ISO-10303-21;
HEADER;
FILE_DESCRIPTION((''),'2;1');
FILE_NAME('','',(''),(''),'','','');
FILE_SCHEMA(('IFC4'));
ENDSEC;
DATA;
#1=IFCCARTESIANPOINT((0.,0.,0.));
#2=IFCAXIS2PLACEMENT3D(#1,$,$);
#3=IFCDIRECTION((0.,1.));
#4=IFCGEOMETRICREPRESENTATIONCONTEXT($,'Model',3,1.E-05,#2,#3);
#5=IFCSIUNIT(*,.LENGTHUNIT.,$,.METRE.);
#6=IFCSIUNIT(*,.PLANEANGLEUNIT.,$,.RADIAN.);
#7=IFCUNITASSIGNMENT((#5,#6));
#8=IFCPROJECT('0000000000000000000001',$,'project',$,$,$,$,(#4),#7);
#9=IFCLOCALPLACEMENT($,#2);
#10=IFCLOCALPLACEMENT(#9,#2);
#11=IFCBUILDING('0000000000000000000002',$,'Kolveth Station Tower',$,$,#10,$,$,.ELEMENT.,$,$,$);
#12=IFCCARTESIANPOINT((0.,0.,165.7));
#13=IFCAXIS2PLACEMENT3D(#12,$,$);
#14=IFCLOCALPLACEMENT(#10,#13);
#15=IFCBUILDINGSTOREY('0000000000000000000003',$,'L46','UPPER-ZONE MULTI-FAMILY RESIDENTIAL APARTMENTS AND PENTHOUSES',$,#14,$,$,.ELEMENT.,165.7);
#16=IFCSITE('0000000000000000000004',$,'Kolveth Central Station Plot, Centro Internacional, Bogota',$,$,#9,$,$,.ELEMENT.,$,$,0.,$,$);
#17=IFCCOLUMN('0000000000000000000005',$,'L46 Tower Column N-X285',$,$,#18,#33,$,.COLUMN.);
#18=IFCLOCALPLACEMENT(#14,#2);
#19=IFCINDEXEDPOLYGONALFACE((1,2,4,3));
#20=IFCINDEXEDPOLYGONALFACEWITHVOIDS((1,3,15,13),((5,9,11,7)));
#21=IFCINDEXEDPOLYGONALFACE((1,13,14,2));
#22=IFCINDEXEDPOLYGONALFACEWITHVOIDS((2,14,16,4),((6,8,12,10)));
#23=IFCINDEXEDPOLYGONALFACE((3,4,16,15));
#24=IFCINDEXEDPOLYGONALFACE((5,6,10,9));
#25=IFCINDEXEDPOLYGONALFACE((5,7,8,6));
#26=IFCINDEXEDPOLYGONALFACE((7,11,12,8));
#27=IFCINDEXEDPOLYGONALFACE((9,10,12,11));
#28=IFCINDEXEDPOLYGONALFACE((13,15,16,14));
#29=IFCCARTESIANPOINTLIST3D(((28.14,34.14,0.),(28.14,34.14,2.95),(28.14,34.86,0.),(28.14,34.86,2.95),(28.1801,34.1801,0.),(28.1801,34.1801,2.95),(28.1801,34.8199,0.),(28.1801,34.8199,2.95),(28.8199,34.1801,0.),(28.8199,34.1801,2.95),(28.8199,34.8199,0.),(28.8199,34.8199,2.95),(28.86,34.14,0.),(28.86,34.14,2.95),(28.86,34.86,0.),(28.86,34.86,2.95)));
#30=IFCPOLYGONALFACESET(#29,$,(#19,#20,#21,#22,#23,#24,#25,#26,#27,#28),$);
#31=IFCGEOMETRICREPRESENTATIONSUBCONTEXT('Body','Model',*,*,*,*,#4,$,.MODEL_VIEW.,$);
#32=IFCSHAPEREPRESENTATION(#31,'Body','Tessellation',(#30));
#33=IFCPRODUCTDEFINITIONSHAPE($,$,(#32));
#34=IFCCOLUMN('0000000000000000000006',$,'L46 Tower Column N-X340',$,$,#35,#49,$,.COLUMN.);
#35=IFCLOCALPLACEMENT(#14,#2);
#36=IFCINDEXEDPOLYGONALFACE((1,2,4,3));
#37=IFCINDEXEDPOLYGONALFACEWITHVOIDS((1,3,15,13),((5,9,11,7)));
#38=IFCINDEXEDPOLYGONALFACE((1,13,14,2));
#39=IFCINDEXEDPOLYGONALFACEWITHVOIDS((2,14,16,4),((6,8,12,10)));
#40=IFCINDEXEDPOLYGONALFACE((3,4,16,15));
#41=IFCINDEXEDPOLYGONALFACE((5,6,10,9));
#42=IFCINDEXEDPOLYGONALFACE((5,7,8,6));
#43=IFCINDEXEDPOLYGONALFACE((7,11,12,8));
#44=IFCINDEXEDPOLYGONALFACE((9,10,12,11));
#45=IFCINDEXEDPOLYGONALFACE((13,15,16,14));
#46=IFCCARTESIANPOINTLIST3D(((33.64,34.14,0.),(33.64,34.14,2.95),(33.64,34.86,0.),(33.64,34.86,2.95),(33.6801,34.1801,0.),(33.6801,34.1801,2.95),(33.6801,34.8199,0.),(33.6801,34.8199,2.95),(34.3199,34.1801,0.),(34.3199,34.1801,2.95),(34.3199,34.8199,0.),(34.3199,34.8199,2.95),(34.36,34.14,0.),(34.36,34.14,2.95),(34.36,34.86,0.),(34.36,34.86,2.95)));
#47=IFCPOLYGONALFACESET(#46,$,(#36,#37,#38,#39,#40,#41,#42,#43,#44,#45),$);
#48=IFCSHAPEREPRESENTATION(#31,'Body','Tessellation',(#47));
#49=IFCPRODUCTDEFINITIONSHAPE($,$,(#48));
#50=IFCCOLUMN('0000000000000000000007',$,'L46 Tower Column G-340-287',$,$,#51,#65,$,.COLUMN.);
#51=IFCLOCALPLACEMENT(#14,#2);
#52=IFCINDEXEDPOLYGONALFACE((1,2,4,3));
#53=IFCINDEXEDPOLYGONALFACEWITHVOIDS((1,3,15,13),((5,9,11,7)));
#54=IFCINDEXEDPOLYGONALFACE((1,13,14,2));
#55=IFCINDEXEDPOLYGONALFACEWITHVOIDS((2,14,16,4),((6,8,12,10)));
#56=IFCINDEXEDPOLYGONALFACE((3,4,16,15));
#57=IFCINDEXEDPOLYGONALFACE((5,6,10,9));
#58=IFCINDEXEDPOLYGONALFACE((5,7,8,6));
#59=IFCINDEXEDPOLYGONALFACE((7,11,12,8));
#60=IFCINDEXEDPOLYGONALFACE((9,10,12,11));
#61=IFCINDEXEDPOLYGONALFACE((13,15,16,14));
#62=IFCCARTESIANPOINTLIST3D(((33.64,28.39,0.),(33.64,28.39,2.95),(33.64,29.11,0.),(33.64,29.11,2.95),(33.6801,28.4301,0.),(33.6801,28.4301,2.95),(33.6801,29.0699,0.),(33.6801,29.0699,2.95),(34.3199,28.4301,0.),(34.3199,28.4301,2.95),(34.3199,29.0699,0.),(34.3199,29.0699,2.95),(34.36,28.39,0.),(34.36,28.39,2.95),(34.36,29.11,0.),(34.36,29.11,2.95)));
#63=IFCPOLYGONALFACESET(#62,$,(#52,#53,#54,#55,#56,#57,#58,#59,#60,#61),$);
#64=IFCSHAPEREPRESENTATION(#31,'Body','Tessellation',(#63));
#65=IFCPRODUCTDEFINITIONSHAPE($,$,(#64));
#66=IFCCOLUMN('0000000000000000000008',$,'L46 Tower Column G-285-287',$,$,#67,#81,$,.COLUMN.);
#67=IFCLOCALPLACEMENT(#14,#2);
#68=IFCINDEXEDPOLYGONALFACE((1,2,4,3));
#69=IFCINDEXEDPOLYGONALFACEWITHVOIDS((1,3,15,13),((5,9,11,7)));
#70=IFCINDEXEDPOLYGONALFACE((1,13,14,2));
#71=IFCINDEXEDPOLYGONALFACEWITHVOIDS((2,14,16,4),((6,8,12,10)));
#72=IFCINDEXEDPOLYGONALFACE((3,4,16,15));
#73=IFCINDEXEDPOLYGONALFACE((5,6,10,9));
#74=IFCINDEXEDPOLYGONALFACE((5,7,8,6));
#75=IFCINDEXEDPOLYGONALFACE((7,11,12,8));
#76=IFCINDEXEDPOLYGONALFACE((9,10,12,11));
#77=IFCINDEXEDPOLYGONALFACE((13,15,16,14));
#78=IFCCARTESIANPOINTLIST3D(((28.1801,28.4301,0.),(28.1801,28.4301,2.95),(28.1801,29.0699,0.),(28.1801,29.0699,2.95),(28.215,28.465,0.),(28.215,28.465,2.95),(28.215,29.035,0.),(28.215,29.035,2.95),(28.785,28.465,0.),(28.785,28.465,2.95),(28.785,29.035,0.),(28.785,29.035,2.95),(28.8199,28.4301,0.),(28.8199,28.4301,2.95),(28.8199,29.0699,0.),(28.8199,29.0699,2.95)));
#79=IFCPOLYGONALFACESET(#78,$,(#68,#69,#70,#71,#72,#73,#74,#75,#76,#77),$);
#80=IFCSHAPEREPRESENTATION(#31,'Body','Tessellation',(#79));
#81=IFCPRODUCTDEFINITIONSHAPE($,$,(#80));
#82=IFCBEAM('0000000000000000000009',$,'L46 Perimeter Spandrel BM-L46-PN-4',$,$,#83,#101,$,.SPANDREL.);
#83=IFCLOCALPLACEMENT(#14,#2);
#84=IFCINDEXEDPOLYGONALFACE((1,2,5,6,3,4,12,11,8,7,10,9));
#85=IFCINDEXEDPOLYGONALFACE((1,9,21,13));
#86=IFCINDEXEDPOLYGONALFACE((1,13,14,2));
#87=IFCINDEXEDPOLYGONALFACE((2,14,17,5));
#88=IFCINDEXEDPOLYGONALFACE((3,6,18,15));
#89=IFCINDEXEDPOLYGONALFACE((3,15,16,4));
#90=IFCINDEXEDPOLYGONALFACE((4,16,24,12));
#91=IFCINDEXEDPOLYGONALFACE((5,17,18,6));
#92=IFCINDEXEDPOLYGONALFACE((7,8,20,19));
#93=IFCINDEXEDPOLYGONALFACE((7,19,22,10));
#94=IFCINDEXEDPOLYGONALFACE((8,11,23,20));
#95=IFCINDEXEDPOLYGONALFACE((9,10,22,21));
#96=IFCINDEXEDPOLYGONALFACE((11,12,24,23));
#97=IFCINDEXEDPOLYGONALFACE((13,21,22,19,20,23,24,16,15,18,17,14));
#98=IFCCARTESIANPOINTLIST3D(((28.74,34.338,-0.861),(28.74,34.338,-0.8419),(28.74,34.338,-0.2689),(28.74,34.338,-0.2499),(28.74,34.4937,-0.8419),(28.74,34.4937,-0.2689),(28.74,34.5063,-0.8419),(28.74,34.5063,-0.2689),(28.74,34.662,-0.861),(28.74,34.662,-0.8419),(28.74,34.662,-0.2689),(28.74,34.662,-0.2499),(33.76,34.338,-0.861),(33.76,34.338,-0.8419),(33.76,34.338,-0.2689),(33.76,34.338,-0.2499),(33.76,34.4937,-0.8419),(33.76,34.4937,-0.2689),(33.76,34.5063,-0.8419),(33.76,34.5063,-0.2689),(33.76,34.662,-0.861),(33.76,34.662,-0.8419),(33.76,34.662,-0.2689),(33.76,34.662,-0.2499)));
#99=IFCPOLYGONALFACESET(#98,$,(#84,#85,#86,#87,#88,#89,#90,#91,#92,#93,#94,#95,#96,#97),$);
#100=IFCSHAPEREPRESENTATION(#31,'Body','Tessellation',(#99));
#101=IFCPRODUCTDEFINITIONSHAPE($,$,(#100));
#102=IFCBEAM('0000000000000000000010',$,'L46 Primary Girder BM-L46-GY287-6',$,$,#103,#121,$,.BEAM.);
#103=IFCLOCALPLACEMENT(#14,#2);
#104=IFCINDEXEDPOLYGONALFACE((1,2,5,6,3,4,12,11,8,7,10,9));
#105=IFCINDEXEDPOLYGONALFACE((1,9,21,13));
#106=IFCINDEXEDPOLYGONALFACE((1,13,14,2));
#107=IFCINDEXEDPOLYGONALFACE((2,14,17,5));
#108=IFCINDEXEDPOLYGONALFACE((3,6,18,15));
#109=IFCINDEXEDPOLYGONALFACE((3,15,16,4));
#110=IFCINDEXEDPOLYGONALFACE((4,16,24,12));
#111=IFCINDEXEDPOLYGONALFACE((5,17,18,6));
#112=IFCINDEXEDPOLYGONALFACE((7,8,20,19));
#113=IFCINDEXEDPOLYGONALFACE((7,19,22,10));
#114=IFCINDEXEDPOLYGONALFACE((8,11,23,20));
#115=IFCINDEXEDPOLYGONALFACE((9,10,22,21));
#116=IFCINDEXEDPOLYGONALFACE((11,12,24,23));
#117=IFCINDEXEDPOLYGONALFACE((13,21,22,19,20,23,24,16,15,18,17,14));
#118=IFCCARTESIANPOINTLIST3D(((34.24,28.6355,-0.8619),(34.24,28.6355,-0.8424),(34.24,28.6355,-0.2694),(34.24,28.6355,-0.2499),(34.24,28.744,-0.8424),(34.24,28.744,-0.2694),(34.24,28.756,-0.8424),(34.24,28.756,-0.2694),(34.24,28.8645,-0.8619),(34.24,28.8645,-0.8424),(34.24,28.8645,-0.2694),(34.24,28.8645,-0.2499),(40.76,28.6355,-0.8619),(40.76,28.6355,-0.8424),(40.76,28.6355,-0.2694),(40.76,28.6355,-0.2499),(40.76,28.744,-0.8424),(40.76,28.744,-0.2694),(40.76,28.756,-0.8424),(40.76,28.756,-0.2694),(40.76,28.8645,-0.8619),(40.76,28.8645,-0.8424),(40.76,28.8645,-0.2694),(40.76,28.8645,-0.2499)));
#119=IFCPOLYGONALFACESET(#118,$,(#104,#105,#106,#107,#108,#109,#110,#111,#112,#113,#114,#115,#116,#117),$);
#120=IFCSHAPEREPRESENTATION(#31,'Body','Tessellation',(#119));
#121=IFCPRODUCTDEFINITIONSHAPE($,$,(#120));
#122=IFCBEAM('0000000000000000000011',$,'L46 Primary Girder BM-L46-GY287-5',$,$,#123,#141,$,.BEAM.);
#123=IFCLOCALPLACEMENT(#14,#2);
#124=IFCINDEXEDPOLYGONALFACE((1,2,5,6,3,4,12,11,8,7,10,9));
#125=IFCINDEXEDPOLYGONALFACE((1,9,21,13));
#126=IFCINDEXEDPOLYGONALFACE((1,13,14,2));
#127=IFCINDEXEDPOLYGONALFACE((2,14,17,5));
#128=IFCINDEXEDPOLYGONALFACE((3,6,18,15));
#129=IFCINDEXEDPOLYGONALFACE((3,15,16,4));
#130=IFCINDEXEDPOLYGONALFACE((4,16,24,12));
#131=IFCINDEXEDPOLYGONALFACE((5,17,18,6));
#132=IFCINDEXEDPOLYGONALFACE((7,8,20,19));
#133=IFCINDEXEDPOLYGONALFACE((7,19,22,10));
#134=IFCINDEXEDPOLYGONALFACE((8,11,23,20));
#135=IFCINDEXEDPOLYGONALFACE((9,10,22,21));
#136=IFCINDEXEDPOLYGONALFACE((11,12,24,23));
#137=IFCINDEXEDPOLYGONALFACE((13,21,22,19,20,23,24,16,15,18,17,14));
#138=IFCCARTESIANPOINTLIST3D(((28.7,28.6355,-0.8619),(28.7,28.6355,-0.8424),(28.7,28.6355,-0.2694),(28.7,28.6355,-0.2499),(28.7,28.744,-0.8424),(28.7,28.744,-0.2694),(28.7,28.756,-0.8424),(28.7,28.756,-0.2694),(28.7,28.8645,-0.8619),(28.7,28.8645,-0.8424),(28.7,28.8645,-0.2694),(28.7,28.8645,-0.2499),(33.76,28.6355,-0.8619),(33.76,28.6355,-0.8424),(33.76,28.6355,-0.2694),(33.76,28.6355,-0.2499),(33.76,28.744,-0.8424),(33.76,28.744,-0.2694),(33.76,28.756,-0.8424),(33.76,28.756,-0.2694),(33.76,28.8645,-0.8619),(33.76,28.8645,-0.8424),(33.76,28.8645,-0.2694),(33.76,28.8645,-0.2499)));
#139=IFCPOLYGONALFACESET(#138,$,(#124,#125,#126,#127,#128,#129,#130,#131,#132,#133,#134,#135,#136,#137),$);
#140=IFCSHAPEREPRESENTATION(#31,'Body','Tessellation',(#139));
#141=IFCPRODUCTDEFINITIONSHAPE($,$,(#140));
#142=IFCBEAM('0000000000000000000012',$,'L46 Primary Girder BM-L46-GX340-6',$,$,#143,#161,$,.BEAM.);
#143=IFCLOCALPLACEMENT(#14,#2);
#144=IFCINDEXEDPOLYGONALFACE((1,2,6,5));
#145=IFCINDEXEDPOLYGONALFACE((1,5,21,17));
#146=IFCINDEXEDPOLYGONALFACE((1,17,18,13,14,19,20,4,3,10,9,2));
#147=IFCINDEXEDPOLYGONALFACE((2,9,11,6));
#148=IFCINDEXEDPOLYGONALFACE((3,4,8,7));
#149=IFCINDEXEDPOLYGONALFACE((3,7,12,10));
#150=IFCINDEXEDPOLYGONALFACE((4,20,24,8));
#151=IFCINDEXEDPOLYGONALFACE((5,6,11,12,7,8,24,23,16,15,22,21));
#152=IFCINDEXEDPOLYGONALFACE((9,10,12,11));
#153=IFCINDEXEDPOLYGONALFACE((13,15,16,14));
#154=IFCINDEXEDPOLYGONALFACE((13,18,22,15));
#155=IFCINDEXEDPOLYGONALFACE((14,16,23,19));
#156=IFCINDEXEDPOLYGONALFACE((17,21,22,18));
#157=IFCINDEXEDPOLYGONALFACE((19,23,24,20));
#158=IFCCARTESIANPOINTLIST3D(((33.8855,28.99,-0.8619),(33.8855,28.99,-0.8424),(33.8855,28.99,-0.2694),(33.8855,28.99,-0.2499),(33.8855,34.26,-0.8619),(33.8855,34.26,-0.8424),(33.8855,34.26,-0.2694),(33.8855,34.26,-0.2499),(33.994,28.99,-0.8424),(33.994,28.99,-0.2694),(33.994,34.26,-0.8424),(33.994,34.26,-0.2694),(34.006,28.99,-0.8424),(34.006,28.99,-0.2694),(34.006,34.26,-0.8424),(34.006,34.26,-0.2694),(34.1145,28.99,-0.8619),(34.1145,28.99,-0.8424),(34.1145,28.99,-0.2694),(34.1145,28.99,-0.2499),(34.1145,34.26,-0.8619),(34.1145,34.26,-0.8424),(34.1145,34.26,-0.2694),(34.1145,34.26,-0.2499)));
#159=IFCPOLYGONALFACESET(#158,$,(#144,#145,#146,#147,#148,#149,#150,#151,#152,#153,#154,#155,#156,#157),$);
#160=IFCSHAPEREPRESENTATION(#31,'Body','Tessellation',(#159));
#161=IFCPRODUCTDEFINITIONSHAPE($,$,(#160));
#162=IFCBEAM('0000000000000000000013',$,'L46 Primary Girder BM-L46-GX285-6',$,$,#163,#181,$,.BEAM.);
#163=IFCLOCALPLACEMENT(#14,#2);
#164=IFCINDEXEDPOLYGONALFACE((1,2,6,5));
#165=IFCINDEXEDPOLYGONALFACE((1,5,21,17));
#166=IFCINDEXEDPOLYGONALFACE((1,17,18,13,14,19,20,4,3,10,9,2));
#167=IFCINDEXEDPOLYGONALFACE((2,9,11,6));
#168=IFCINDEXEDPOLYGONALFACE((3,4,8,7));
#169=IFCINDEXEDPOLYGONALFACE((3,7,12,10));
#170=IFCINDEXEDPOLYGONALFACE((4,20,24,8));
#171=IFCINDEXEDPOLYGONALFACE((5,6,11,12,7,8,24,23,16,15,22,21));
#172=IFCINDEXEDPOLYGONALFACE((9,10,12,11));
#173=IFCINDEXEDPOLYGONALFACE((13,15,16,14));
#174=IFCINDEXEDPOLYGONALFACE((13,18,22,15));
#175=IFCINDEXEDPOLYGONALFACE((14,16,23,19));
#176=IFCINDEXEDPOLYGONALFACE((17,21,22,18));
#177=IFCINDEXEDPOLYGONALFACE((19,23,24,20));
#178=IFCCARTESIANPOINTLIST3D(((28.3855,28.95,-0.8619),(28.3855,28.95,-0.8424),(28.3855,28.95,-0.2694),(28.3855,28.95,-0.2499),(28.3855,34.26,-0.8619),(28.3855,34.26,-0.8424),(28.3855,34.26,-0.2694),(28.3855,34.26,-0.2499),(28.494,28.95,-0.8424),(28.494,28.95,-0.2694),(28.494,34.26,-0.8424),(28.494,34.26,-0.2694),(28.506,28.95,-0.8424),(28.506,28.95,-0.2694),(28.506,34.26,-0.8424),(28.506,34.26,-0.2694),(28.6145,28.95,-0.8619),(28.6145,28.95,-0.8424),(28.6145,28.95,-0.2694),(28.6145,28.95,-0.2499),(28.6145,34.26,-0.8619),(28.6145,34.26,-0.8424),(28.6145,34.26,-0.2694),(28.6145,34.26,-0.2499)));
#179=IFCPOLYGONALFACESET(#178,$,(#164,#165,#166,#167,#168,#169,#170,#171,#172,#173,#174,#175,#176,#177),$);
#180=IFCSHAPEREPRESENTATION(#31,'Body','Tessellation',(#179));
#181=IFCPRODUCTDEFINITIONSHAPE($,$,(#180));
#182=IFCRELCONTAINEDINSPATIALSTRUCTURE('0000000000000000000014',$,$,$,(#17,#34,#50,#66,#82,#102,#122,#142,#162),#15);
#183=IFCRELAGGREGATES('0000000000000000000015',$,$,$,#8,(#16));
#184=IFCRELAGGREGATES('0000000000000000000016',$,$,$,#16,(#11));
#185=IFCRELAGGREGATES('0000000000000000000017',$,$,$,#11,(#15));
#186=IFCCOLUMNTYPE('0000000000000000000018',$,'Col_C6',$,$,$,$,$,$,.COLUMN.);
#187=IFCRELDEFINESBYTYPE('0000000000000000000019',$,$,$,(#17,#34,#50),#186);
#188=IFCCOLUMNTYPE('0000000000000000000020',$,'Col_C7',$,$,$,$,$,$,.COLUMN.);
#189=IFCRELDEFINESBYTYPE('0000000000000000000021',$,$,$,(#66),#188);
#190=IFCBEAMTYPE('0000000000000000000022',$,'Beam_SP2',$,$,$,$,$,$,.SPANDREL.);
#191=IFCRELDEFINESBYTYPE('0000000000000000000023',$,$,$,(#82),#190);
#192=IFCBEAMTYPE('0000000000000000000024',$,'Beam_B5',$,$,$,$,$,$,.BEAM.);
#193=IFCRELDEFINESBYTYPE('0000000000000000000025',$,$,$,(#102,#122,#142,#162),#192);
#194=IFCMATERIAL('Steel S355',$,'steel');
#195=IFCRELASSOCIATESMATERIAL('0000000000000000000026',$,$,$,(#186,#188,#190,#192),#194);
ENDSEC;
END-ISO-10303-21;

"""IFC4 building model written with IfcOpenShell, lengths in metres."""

from ifc_helpers import new_model, si_unit, direction, frame, origin, origin_2d, place, context, subcontext, project, spatial, hollow_rectangle, i_section, extrude, source, transform, mapped, material, material_profile, profile_set, type_object, element, save


model = new_model("IFC4")

# Units and contexts
model_context = context("Model", 3, precision=1e-05, world=origin(), true_north=direction((0.0, 1.0)))
body_context = subcontext(model_context, "Body", "Model", "MODEL_VIEW")
ifc_project = project(units=[si_unit("LENGTHUNIT", "METRE"), si_unit("PLANEANGLEUNIT", "RADIAN")], contexts=[model_context])

# Site, building, storey
site_placement = place(None, origin())
site = spatial("IfcSite", under=ifc_project, at=site_placement, Name="Kolveth Central Station Plot, Centro Internacional, Bogota", CompositionType="ELEMENT", RefElevation=0.0)
building_placement = place(site_placement, origin())
building = spatial("IfcBuilding", under=site, at=building_placement, Name="Kolveth Station Tower", CompositionType="ELEMENT")
storey_placement = place(building_placement, frame((0.0, 0.0, 165.7)))
storey = spatial("IfcBuildingStorey", under=building, at=storey_placement, Name="L46", Description="UPPER-ZONE MULTI-FAMILY RESIDENTIAL APARTMENTS AND PENTHOUSES", CompositionType="ELEMENT", Elevation=165.7)

# Columns
ifc_material_1 = material(Name="Steel S355", Category="steel")
ifc_material_profile_1 = material_profile(ifc_material_1, hollow_rectangle(XDim=0.72, YDim=0.72, WallThickness=0.04, at=origin_2d()), Name="BOX720x720x40")
ifc_profile_set_1 = profile_set([ifc_material_profile_1], Name="Steel S355")
column_type_1 = type_object("IfcColumnType", Name="Col_C6", PredefinedType="COLUMN", material=ifc_profile_set_1)
shared_shape_1 = source(origin(), body_context, "Body", "SweptSolid", [
    extrude(hollow_rectangle(XDim=0.72, YDim=0.72, WallThickness=0.04, at=origin_2d()), origin(), (0.0, 0.0, 1.0), 2.95),
])
for number, where, z_axis, x_axis, name in (
    (1, (28.5, 34.5, 0.0), (0.0, 0.0, 1.0), (1.0, 0.0, 0.0), "L46 Tower Column N-X285"),
    (2, (34.0, 34.5, 0.0), (0.0, 0.0, 1.0), (1.0, 0.0, 0.0), "L46 Tower Column N-X340"),
    (3, (34.0, 28.75, 0.0), (0.0, 0.0, 1.0), (1.0, 0.0, 0.0), "L46 Tower Column G-340-287"),
):
    element("IfcColumn", number, at=place(storey_placement, frame(where, z_axis=z_axis, x_axis=x_axis)), inside=storey, type_object=column_type_1, Name=name, PredefinedType="COLUMN", context=body_context, shape_type="MappedRepresentation", body=[
        mapped(shared_shape_1, transform((0.0, 0.0, 0.0), x_axis=(1.0, 0.0, 0.0), y_axis=(0.0, 1.0, 0.0), z_axis=(0.0, 0.0, 1.0), scale=1.0)),
    ])
ifc_material_profile_2 = material_profile(ifc_material_1, hollow_rectangle(XDim=0.6399, YDim=0.6399, WallThickness=0.0349, at=origin_2d()), Name="BOX640x640x35")
ifc_profile_set_2 = profile_set([ifc_material_profile_2], Name="Steel S355")
column_type_2 = type_object("IfcColumnType", Name="Col_C7", PredefinedType="COLUMN", material=ifc_profile_set_2)
shared_shape_2 = source(origin(), body_context, "Body", "SweptSolid", [
    extrude(hollow_rectangle(XDim=0.6399, YDim=0.6399, WallThickness=0.0349, at=origin_2d()), origin(), (0.0, 0.0, 1.0), 2.95),
])
column_placement = place(storey_placement, frame((28.5, 28.75, 0.0), z_axis=(0.0, 0.0, 1.0), x_axis=(1.0, 0.0, 0.0)))
element("IfcColumn", 4, at=column_placement, inside=storey, type_object=column_type_2, Name="L46 Tower Column G-285-287", PredefinedType="COLUMN", context=body_context, shape_type="MappedRepresentation", body=[
    mapped(shared_shape_2, transform((0.0, 0.0, 0.0), x_axis=(1.0, 0.0, 0.0), y_axis=(0.0, 1.0, 0.0), z_axis=(0.0, 0.0, 1.0), scale=1.0)),
])

# Beams
ifc_material_profile_3 = material_profile(ifc_material_1, i_section(OverallWidth=0.324, OverallDepth=0.6111, WebThickness=0.0127, FlangeThickness=0.019, at=origin_2d()), Name="W610x155")
ifc_profile_set_3 = profile_set([ifc_material_profile_3], Name="Steel S355")
beam_type_1 = type_object("IfcBeamType", Name="Beam_SP2", PredefinedType="SPANDREL", material=ifc_profile_set_3)
shared_shape_3 = source(origin(), body_context, "Body", "SweptSolid", [
    extrude(i_section(OverallWidth=0.324, OverallDepth=0.6111, WebThickness=0.0127, FlangeThickness=0.019, at=origin_2d()), origin(), (0.0, 0.0, 1.0), 5.02),
])
beam_1_placement = place(storey_placement, frame((28.74, 34.5, -0.5554), z_axis=(1.0, 0.0, 0.0), x_axis=(0.0, 1.0, 0.0)))
element("IfcBeam", 5, at=beam_1_placement, inside=storey, type_object=beam_type_1, Name="L46 Perimeter Spandrel BM-L46-PN-4", PredefinedType="SPANDREL", context=body_context, shape_type="MappedRepresentation", body=[
    mapped(shared_shape_3, transform((0.0, 0.0, 0.0), x_axis=(1.0, 0.0, 0.0), y_axis=(0.0, 1.0, 0.0), z_axis=(0.0, 0.0, 1.0), scale=1.0)),
])
ifc_material_profile_4 = material_profile(ifc_material_1, i_section(OverallWidth=0.229, OverallDepth=0.6121, WebThickness=0.012, FlangeThickness=0.0195, at=origin_2d()), Name="W610x125")
ifc_profile_set_4 = profile_set([ifc_material_profile_4], Name="Steel S355")
beam_type_2 = type_object("IfcBeamType", Name="Beam_B5", PredefinedType="BEAM", material=ifc_profile_set_4)
shared_shape_4 = source(origin(), body_context, "Body", "SweptSolid", [
    extrude(i_section(OverallWidth=0.229, OverallDepth=0.6121, WebThickness=0.012, FlangeThickness=0.0195, at=origin_2d()), origin(), (0.0, 0.0, 1.0), 6.52),
])
beam_2_placement = place(storey_placement, frame((34.24, 28.75, -0.5559), z_axis=(1.0, 0.0, 0.0), x_axis=(0.0, 1.0, 0.0)))
element("IfcBeam", 6, at=beam_2_placement, inside=storey, type_object=beam_type_2, Name="L46 Primary Girder BM-L46-GY287-6", PredefinedType="BEAM", context=body_context, shape_type="MappedRepresentation", body=[
    mapped(shared_shape_4, transform((0.0, 0.0, 0.0), x_axis=(1.0, 0.0, 0.0), y_axis=(0.0, 1.0, 0.0), z_axis=(0.0, 0.0, 1.0), scale=1.0)),
])
shared_shape_5 = source(origin(), body_context, "Body", "SweptSolid", [
    extrude(i_section(OverallWidth=0.229, OverallDepth=0.6121, WebThickness=0.012, FlangeThickness=0.0195, at=origin_2d()), origin(), (0.0, 0.0, 1.0), 5.0601),
])
beam_3_placement = place(storey_placement, frame((28.7, 28.75, -0.5559), z_axis=(1.0, 0.0, 0.0), x_axis=(0.0, 1.0, 0.0)))
element("IfcBeam", 7, at=beam_3_placement, inside=storey, type_object=beam_type_2, Name="L46 Primary Girder BM-L46-GY287-5", PredefinedType="BEAM", context=body_context, shape_type="MappedRepresentation", body=[
    mapped(shared_shape_5, transform((0.0, 0.0, 0.0), x_axis=(1.0, 0.0, 0.0), y_axis=(0.0, 1.0, 0.0), z_axis=(0.0, 0.0, 1.0), scale=1.0)),
])
shared_shape_6 = source(origin(), body_context, "Body", "SweptSolid", [
    extrude(i_section(OverallWidth=0.229, OverallDepth=0.6121, WebThickness=0.012, FlangeThickness=0.0195, at=origin_2d()), origin(), (0.0, 0.0, 1.0), 5.27),
])
beam_4_placement = place(storey_placement, frame((34.0, 28.99, -0.5559), z_axis=(0.0, 1.0, 0.0), x_axis=(-1.0, 0.0, 0.0)))
element("IfcBeam", 8, at=beam_4_placement, inside=storey, type_object=beam_type_2, Name="L46 Primary Girder BM-L46-GX340-6", PredefinedType="BEAM", context=body_context, shape_type="MappedRepresentation", body=[
    mapped(shared_shape_6, transform((0.0, 0.0, 0.0), x_axis=(1.0, 0.0, 0.0), y_axis=(0.0, 1.0, 0.0), z_axis=(0.0, 0.0, 1.0), scale=1.0)),
])
shared_shape_7 = source(origin(), body_context, "Body", "SweptSolid", [
    extrude(i_section(OverallWidth=0.229, OverallDepth=0.6121, WebThickness=0.012, FlangeThickness=0.0195, at=origin_2d()), origin(), (0.0, 0.0, 1.0), 5.3101),
])
beam_5_placement = place(storey_placement, frame((28.5, 28.95, -0.5559), z_axis=(0.0, 1.0, 0.0), x_axis=(-1.0, 0.0, 0.0)))
element("IfcBeam", 9, at=beam_5_placement, inside=storey, type_object=beam_type_2, Name="L46 Primary Girder BM-L46-GX285-6", PredefinedType="BEAM", context=body_context, shape_type="MappedRepresentation", body=[
    mapped(shared_shape_7, transform((0.0, 0.0, 0.0), x_axis=(1.0, 0.0, 0.0), y_axis=(0.0, 1.0, 0.0), z_axis=(0.0, 0.0, 1.0), scale=1.0)),
])

save(model, "model.ifc")
